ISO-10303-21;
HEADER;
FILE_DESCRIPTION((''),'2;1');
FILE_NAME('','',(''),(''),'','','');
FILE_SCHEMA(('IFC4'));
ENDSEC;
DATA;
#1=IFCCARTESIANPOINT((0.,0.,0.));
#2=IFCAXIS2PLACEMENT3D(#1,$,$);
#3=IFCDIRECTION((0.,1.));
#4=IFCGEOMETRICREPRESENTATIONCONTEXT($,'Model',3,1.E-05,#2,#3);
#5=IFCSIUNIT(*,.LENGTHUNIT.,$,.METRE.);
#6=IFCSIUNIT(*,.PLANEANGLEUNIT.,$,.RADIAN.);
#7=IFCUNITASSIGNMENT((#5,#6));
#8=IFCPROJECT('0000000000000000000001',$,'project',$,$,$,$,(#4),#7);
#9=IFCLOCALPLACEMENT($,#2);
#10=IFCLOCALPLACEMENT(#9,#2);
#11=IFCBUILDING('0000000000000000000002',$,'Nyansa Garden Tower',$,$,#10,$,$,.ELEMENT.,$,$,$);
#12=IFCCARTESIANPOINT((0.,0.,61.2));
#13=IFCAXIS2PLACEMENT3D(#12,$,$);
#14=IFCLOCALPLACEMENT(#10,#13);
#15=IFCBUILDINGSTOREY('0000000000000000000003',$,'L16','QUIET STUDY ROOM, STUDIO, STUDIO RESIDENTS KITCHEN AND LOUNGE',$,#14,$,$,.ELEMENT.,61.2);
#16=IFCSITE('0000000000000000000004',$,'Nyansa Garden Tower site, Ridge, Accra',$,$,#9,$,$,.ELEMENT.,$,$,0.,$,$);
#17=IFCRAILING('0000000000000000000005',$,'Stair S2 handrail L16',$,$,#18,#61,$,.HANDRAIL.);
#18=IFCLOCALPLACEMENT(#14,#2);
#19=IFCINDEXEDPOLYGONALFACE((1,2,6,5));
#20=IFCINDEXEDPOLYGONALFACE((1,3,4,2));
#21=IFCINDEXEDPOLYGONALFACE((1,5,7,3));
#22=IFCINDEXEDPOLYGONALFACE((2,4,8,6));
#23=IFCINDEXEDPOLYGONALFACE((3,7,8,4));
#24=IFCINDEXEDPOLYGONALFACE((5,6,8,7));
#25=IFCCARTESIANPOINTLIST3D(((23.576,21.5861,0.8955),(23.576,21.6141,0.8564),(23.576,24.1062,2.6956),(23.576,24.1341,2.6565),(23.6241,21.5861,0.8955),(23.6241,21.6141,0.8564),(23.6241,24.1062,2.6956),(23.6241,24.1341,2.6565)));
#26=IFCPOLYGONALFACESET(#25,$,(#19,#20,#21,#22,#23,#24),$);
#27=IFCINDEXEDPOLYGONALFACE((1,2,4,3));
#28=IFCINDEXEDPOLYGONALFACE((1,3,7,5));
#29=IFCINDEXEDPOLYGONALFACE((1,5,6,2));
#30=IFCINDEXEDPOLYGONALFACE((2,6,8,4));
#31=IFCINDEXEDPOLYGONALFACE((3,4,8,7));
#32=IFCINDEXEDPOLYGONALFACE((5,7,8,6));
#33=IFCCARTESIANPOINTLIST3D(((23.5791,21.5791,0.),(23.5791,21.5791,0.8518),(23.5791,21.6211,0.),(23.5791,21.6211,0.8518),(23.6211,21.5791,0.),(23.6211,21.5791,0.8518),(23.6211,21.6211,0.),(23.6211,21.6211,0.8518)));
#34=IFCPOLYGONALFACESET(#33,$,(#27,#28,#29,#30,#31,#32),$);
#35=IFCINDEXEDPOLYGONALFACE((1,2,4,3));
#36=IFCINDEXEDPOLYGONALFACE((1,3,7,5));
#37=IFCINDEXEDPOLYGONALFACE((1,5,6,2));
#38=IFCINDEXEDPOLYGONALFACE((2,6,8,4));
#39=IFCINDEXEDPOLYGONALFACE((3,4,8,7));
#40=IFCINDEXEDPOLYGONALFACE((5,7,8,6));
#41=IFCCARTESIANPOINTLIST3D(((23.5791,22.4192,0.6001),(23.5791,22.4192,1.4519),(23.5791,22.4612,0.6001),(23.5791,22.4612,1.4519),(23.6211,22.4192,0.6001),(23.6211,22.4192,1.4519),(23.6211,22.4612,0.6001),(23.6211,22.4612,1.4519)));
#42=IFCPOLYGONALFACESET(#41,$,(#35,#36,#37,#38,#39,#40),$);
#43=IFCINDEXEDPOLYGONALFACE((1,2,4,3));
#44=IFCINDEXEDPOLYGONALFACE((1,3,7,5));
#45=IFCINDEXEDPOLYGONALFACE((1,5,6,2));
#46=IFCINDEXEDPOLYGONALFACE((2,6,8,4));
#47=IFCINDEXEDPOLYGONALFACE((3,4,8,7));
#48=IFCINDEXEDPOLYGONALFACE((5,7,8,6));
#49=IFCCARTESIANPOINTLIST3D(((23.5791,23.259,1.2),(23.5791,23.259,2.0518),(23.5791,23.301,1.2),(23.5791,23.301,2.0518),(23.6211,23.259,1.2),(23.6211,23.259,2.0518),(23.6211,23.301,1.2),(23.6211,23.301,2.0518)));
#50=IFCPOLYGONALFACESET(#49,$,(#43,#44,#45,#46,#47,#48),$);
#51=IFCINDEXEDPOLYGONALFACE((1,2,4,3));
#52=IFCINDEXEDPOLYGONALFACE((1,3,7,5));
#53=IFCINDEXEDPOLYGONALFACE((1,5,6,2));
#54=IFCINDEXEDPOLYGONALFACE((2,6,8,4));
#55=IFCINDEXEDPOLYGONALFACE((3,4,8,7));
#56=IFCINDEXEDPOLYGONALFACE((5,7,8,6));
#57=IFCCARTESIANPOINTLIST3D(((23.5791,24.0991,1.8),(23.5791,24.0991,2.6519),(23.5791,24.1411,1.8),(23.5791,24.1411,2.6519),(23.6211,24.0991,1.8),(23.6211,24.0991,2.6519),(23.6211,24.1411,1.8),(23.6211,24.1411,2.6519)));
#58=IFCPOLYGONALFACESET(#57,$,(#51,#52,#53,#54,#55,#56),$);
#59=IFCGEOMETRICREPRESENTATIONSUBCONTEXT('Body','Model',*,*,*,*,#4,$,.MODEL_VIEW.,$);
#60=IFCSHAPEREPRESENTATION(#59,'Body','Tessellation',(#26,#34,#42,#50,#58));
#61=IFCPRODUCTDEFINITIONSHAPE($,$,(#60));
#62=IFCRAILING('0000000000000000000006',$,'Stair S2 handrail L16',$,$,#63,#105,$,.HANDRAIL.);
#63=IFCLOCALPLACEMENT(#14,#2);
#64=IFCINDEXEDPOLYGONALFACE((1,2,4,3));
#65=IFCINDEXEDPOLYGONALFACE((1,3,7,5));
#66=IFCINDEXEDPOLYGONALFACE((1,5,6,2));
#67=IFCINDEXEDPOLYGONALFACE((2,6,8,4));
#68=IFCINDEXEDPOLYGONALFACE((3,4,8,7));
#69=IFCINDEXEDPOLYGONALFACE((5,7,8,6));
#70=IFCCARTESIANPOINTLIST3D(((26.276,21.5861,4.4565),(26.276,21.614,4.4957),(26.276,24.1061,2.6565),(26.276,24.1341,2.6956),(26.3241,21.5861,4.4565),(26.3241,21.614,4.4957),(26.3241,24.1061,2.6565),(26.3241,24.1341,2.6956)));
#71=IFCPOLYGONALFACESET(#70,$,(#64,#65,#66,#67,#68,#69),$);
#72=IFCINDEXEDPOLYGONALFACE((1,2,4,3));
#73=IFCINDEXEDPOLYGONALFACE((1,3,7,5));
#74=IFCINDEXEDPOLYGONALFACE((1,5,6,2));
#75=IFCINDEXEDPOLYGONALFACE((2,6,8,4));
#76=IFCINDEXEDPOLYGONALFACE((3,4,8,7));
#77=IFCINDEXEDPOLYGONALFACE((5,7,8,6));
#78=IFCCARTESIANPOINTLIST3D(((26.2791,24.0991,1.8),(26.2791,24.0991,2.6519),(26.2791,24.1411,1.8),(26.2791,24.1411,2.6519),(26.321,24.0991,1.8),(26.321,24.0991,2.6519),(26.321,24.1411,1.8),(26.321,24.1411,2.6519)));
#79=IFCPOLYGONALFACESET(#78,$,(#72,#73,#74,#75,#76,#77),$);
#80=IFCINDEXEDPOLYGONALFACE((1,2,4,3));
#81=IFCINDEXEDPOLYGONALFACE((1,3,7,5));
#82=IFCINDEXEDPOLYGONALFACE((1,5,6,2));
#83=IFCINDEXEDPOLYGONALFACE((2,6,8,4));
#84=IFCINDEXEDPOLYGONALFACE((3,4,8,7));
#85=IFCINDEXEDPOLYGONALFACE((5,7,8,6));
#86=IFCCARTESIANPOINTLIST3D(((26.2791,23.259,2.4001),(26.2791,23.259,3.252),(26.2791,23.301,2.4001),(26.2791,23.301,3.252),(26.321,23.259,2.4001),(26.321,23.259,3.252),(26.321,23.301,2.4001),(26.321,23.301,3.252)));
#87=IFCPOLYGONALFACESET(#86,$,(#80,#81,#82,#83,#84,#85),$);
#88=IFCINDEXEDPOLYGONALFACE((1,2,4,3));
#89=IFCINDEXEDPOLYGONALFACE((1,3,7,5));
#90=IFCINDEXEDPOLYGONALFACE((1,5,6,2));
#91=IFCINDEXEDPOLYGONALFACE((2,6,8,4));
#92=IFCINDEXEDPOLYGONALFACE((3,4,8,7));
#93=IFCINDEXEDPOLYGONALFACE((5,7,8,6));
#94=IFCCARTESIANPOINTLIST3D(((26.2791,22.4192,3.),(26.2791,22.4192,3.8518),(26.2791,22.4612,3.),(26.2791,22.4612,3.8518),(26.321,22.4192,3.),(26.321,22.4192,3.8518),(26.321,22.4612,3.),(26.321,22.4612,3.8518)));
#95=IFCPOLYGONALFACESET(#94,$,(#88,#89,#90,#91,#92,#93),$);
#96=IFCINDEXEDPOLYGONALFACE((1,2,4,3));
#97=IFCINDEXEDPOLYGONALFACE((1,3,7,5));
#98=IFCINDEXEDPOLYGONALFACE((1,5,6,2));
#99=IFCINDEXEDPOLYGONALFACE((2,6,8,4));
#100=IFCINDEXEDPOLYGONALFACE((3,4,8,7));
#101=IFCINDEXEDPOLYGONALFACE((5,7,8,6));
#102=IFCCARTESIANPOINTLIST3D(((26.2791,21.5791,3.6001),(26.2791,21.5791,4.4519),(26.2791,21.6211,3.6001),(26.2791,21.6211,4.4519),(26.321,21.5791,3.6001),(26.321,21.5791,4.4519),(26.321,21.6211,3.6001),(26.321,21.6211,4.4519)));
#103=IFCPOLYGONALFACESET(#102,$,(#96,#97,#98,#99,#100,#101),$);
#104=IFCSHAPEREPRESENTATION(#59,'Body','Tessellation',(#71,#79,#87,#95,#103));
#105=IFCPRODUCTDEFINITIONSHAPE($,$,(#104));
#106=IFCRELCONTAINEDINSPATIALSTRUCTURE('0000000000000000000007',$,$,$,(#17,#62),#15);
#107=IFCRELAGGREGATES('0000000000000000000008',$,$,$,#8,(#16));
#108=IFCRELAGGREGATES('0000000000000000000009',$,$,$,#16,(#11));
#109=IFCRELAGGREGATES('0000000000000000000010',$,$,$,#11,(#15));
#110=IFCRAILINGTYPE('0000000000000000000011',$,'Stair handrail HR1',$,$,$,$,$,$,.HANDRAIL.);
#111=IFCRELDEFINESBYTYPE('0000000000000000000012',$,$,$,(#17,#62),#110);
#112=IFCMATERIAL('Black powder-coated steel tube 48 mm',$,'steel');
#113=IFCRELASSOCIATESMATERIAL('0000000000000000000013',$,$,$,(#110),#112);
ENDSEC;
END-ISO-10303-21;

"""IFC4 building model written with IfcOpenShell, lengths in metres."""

from ifc_helpers import new_model, si_unit, direction, frame, origin, origin_2d, place, context, subcontext, project, spatial, rectangle, extrude, material, type_object, element, save


model = new_model("IFC4")

# Units and contexts
model_context = context("Model", 3, precision=1e-05, world=origin(), true_north=direction((0.0, 1.0)))
body_context = subcontext(model_context, "Body", "Model", "MODEL_VIEW")
ifc_project = project(units=[si_unit("LENGTHUNIT", "METRE"), si_unit("PLANEANGLEUNIT", "RADIAN")], contexts=[model_context])

# Site, building, storey
site_placement = place(None, origin())
site = spatial("IfcSite", under=ifc_project, at=site_placement, Name="Nyansa Garden Tower site, Ridge, Accra", CompositionType="ELEMENT", RefElevation=0.0)
building_placement = place(site_placement, origin())
building = spatial("IfcBuilding", under=site, at=building_placement, Name="Nyansa Garden Tower", CompositionType="ELEMENT")
storey_placement = place(building_placement, frame((0.0, 0.0, 61.2)))
storey = spatial("IfcBuildingStorey", under=building, at=storey_placement, Name="L16", Description="QUIET STUDY ROOM, STUDIO, STUDIO RESIDENTS KITCHEN AND LOUNGE", CompositionType="ELEMENT", Elevation=61.2)

# Railings
ifc_material_1 = material(Name="Black powder-coated steel tube 48 mm", Category="steel")
railing_type = type_object("IfcRailingType", Name="Stair handrail HR1", PredefinedType="HANDRAIL", material=ifc_material_1)
railing_1_placement = place(storey_placement, frame((23.6001, 21.6001, 0.0)))
element("IfcRailing", 1, at=railing_1_placement, inside=storey, type_object=railing_type, Name="Stair S2 handrail L16", PredefinedType="HANDRAIL", context=body_context, shape_type="SweptSolid", body=[
    extrude(rectangle(XDim=0.0481, YDim=0.0481, at=origin_2d()), frame((0.0, 0.0, 0.876), z_axis=(0.0, 0.813728, 0.581246), x_axis=(-1.0, 0.0, 0.0)), (0.0, 0.0, 1.0), 3.0969),
    extrude(rectangle(XDim=0.042, YDim=0.042, at=origin_2d()), origin(), (0.0, 0.0, 1.0), 0.8518),
    extrude(rectangle(XDim=0.042, YDim=0.042, at=origin_2d()), frame((0.0, 0.8401, 0.6001)), (0.0, 0.0, 1.0), 0.8518),
    extrude(rectangle(XDim=0.042, YDim=0.042, at=origin_2d()), frame((0.0, 1.6799, 1.2)), (0.0, 0.0, 1.0), 0.8518),
    extrude(rectangle(XDim=0.042, YDim=0.042, at=origin_2d()), frame((0.0, 2.52, 1.8)), (0.0, 0.0, 1.0), 0.8518),
])
railing_2_placement = place(storey_placement, frame((26.3, 24.1201, 1.8)))
element("IfcRailing", 2, at=railing_2_placement, inside=storey, type_object=railing_type, Name="Stair S2 handrail L16", PredefinedType="HANDRAIL", context=body_context, shape_type="SweptSolid", body=[
    extrude(rectangle(XDim=0.0481, YDim=0.0481, at=origin_2d()), frame((0.0, 0.0, 0.876), z_axis=(0.0, -0.813728, 0.581246), x_axis=(1.0, 0.0, 0.0)), (0.0, 0.0, 1.0), 3.0969),
    extrude(rectangle(XDim=0.042, YDim=0.042, at=origin_2d()), origin(), (0.0, 0.0, 1.0), 0.8518),
    extrude(rectangle(XDim=0.042, YDim=0.042, at=origin_2d()), frame((0.0, -0.8401, 0.6001)), (0.0, 0.0, 1.0), 0.8518),
    extrude(rectangle(XDim=0.042, YDim=0.042, at=origin_2d()), frame((0.0, -1.6799, 1.2)), (0.0, 0.0, 1.0), 0.8518),
    extrude(rectangle(XDim=0.042, YDim=0.042, at=origin_2d()), frame((0.0, -2.52, 1.8)), (0.0, 0.0, 1.0), 0.8518),
])

save(model, "model.ifc")
